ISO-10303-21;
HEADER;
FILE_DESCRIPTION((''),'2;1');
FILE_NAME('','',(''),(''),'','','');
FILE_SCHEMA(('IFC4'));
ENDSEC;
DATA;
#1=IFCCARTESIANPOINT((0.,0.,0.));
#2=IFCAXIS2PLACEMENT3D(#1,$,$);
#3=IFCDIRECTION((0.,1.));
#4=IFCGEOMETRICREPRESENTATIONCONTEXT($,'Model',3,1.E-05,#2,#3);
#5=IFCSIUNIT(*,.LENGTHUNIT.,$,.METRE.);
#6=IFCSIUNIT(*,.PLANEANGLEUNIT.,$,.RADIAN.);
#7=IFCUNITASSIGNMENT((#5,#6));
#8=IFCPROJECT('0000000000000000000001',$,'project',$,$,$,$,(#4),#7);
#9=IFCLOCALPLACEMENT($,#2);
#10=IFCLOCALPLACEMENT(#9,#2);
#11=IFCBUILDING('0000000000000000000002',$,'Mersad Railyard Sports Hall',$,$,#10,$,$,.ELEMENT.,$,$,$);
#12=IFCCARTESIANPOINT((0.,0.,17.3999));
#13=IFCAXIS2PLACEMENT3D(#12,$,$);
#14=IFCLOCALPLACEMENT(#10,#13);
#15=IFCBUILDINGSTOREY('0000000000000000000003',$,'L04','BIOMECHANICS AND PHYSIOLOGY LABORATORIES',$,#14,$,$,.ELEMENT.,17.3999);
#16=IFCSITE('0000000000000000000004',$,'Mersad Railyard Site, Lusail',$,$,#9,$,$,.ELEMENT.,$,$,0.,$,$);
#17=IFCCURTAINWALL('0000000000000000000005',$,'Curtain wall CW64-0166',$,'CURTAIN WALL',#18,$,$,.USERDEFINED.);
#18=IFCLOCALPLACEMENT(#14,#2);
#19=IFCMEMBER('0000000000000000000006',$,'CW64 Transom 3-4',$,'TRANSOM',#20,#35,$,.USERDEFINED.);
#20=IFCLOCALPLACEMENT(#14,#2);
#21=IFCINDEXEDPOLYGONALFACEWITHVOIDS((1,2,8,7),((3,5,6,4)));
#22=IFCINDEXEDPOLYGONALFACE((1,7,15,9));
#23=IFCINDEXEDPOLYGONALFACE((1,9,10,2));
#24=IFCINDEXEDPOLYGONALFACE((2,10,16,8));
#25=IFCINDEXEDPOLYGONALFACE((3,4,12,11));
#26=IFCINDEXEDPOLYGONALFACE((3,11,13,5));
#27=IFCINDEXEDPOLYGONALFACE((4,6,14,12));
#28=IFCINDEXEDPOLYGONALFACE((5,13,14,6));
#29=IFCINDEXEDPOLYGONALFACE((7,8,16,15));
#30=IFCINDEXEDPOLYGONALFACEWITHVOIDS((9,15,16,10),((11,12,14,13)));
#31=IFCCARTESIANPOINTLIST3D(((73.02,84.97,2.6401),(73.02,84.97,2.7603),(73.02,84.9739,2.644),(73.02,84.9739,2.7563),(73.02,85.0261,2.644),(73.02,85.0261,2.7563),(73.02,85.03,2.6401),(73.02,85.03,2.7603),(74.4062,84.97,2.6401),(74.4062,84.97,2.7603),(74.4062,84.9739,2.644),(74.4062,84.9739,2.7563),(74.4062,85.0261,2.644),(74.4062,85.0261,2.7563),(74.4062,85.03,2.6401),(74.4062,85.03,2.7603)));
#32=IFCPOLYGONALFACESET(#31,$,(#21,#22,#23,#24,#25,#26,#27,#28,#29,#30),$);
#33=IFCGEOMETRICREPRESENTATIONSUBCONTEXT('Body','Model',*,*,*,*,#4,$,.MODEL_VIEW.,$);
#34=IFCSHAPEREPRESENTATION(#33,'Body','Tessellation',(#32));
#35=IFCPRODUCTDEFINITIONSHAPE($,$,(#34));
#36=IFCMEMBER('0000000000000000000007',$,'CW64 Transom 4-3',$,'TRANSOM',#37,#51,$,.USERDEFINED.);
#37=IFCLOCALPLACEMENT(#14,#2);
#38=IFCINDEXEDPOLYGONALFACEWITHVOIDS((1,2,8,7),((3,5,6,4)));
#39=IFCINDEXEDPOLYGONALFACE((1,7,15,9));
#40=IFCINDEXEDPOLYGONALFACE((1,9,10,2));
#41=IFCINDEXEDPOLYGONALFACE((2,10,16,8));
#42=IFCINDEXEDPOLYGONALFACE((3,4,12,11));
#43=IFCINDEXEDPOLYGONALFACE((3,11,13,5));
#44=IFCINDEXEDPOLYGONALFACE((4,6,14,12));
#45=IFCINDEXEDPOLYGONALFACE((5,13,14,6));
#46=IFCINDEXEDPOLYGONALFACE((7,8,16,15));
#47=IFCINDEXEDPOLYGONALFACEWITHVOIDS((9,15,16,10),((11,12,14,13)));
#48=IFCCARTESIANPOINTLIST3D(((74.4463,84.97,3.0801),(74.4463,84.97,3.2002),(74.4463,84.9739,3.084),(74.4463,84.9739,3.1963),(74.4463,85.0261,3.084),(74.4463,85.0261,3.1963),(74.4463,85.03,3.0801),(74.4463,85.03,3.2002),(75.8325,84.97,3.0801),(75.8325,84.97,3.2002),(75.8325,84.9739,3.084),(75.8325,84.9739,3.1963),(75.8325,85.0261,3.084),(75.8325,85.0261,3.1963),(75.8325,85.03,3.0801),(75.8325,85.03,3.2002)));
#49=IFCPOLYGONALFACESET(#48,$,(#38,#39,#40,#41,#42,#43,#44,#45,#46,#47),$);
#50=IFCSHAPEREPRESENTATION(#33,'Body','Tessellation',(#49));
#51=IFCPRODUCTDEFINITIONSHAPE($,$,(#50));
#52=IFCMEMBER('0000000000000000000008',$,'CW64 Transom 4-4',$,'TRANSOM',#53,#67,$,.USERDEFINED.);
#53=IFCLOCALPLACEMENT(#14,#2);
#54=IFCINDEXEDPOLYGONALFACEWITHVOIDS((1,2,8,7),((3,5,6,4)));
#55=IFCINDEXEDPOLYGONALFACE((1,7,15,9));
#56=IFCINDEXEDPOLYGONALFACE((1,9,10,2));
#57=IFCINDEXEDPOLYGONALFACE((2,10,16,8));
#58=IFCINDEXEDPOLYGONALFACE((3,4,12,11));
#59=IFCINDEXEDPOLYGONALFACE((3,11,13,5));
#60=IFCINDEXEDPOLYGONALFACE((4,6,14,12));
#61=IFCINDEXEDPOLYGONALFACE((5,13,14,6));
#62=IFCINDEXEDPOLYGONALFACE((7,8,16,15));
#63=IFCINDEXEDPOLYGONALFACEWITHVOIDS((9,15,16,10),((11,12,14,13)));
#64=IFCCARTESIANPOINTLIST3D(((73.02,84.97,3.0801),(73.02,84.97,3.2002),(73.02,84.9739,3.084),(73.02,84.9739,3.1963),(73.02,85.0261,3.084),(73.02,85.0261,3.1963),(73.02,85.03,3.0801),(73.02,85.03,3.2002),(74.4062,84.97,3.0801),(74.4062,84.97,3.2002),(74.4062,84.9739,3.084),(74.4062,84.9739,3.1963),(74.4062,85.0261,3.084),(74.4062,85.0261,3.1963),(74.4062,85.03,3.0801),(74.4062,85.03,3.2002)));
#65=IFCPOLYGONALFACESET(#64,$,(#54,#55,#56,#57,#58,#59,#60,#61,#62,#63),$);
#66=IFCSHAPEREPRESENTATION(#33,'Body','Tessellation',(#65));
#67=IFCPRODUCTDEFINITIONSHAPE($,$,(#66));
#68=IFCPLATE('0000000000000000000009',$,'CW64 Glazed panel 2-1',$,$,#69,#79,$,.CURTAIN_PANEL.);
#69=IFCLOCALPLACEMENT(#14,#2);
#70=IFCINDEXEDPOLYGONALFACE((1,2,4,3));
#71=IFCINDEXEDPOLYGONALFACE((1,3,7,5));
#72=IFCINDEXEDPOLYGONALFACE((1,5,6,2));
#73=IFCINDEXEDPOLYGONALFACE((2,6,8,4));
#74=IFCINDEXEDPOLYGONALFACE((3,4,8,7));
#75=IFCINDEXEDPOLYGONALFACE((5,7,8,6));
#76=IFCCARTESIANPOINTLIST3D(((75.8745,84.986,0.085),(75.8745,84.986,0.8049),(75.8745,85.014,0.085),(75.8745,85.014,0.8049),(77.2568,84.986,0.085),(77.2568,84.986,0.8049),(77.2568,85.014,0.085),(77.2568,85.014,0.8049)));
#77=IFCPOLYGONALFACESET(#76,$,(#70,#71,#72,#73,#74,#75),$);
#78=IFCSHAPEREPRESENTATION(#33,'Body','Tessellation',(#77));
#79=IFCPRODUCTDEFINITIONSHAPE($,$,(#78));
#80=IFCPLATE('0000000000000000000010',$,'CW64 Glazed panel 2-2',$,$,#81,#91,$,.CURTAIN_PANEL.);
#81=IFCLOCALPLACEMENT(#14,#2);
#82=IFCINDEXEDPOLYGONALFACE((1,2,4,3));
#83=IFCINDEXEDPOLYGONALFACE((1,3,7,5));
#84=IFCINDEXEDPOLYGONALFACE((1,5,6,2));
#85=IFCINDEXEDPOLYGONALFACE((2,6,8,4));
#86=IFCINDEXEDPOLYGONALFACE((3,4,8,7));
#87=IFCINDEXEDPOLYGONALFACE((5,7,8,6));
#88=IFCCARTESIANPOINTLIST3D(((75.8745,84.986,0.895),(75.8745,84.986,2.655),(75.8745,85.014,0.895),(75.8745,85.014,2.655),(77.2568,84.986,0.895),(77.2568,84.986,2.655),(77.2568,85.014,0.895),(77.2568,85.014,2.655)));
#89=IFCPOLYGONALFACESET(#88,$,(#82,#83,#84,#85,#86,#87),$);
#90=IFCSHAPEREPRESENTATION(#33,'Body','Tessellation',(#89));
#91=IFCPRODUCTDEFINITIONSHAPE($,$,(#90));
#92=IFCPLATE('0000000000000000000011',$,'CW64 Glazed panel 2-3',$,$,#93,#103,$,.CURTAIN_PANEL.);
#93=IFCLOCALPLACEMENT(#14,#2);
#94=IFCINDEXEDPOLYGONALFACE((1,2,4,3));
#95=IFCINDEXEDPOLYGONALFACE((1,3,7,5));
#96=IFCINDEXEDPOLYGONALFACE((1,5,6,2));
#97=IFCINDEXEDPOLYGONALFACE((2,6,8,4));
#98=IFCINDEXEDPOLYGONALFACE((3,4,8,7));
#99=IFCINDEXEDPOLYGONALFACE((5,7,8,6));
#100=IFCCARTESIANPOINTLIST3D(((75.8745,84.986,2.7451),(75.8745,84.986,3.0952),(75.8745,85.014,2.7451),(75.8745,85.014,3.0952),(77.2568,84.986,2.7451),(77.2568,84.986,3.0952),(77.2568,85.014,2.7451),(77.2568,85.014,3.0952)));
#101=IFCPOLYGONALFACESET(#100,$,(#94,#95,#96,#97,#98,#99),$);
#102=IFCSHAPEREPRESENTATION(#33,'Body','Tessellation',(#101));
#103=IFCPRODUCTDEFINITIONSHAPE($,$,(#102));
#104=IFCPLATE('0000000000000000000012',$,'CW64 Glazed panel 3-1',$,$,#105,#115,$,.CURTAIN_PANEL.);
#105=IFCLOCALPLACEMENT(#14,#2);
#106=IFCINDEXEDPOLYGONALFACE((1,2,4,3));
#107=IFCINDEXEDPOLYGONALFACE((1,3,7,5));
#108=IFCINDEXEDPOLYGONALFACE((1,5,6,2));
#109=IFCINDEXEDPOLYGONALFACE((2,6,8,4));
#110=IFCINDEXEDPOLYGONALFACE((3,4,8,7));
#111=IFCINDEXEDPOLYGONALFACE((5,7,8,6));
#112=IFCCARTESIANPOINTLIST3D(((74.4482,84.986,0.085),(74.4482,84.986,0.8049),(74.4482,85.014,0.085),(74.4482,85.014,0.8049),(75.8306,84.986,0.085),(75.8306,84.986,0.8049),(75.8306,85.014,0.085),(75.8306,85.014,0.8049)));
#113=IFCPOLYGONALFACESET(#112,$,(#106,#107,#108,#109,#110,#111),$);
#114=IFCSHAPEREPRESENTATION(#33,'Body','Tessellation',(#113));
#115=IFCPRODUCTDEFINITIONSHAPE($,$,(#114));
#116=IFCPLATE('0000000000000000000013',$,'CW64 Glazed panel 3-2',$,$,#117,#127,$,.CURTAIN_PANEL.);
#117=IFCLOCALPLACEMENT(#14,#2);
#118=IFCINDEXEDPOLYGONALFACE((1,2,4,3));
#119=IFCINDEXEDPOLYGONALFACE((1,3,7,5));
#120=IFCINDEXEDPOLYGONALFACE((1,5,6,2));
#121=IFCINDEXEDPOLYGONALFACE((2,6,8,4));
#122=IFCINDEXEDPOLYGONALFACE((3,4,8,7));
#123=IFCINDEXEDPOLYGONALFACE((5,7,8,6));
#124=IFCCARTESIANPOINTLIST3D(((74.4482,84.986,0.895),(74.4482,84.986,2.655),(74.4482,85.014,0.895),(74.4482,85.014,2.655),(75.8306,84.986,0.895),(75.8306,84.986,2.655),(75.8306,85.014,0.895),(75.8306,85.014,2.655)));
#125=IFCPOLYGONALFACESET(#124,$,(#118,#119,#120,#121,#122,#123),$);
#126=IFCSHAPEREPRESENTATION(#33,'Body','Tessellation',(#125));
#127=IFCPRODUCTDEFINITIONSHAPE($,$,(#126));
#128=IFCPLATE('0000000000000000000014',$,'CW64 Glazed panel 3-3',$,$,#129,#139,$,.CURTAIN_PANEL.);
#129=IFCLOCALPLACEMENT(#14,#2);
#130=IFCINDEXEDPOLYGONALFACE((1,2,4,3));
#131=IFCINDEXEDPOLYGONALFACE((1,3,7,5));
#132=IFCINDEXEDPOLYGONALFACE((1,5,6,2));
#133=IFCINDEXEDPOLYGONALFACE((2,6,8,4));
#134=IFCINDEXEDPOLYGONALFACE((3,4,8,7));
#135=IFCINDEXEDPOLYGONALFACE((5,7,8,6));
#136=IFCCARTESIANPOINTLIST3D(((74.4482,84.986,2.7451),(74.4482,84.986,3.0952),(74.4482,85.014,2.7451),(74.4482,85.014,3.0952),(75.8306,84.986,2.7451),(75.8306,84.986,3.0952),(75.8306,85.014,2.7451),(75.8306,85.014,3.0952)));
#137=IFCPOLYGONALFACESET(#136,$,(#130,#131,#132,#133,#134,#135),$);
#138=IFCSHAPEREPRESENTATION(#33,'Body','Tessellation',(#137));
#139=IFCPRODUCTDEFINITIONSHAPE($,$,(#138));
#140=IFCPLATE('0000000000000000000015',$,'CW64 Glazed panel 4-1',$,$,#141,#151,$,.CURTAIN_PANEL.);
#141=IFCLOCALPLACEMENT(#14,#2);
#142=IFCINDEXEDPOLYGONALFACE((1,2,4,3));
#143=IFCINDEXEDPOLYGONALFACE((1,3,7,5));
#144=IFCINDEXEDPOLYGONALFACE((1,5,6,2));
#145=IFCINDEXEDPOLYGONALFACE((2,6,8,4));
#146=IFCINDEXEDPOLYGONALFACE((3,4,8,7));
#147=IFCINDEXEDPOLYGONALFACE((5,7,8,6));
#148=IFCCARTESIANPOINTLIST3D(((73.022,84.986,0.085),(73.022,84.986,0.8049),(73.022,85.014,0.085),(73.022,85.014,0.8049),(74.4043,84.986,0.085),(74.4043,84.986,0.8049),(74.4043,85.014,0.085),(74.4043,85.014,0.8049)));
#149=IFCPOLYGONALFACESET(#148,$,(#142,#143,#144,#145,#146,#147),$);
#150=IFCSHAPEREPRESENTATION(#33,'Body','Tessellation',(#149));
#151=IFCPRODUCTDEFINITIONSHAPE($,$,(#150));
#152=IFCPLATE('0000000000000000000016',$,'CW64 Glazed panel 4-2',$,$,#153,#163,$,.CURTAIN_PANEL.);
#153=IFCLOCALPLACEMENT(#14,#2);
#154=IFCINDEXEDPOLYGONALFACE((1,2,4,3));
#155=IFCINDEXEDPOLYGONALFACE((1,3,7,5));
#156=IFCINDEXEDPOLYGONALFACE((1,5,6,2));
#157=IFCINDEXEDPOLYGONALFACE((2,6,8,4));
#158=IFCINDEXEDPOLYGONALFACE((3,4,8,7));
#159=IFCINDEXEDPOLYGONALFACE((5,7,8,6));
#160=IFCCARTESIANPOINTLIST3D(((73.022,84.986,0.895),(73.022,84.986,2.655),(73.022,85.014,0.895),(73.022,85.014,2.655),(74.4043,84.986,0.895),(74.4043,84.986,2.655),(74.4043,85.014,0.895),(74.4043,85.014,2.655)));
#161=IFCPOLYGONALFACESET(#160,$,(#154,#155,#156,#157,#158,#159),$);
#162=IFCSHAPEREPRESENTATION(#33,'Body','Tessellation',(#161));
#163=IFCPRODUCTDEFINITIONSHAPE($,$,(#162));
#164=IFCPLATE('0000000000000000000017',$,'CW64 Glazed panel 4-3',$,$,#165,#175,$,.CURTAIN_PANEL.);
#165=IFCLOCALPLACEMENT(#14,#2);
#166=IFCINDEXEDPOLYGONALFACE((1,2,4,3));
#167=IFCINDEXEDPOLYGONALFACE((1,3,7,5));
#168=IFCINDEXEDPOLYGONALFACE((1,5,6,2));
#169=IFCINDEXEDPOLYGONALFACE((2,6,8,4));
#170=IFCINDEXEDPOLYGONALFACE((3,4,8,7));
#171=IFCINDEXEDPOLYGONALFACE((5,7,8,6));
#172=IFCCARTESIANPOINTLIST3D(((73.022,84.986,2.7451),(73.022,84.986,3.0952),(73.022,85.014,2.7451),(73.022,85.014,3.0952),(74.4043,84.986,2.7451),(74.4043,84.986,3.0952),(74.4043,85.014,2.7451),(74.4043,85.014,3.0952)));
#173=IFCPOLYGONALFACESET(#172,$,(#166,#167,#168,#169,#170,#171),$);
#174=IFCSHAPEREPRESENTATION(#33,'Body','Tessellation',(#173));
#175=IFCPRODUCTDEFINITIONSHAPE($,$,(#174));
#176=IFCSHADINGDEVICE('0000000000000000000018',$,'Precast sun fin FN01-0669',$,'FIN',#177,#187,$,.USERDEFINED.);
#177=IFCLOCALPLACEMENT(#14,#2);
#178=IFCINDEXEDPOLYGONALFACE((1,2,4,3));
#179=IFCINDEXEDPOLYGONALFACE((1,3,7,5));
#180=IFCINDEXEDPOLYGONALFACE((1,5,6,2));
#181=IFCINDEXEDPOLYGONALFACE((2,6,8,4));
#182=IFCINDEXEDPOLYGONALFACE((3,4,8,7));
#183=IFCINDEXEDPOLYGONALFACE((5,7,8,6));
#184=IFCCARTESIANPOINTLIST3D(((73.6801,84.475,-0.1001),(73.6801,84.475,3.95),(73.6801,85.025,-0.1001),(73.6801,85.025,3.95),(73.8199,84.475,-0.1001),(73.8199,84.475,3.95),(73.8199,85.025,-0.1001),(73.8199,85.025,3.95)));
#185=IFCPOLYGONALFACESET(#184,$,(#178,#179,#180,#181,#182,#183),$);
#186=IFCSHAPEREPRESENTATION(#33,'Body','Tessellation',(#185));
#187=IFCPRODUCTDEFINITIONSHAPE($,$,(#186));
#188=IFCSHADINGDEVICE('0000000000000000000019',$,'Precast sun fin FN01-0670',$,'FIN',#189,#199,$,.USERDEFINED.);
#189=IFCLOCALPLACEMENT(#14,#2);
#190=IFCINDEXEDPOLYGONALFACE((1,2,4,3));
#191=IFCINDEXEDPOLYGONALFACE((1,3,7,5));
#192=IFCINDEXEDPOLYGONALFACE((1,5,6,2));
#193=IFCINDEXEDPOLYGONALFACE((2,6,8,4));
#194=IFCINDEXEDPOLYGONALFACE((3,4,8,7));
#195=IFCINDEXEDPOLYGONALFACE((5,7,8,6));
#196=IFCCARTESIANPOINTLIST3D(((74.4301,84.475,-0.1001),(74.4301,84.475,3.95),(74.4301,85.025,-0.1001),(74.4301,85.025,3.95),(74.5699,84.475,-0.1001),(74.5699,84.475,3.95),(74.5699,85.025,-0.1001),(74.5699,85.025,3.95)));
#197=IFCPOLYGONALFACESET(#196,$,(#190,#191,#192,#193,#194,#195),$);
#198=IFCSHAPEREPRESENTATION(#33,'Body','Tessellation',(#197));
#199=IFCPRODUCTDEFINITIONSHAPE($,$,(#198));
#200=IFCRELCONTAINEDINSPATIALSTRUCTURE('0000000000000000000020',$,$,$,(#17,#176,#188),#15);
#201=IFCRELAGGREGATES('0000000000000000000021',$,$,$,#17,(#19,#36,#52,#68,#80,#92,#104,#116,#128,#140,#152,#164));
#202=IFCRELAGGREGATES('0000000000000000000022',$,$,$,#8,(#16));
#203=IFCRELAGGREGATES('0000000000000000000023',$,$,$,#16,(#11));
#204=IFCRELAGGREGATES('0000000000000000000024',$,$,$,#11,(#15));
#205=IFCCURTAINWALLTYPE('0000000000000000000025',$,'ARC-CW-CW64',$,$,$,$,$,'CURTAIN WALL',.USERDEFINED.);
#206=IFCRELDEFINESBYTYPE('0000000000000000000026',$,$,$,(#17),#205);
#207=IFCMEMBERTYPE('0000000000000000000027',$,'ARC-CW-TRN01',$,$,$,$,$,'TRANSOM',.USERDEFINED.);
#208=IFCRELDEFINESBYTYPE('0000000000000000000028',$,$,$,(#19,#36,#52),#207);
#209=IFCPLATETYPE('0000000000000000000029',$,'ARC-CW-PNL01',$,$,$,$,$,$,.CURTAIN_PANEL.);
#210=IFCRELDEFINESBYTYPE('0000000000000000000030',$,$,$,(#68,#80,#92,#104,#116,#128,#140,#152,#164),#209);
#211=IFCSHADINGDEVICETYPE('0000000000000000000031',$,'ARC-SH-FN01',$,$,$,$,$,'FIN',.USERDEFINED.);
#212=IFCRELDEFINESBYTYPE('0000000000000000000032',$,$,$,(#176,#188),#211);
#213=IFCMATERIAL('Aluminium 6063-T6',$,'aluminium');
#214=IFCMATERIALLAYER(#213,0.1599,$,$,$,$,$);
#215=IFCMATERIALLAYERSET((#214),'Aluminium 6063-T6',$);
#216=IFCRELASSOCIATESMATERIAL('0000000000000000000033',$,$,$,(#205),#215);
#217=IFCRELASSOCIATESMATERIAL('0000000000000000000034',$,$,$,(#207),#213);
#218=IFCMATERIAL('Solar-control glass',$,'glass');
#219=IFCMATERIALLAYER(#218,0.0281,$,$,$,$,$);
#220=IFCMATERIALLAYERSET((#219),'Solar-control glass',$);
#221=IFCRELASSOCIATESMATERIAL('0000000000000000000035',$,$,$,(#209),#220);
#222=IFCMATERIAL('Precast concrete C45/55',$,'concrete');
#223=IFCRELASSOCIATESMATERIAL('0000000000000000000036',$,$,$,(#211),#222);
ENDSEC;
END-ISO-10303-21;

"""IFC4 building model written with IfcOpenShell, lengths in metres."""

from ifc_helpers import new_model, si_unit, direction, frame, origin, origin_2d, place, context, subcontext, project, spatial, rectangle, hollow_rectangle, extrude, material, layer, layer_set, material_profile, profile_set, type_object, element, aggregate, save


model = new_model("IFC4")

# Units and contexts
model_context = context("Model", 3, precision=1e-05, world=origin(), true_north=direction((0.0, 1.0)))
body_context = subcontext(model_context, "Body", "Model", "MODEL_VIEW")
ifc_project = project(units=[si_unit("LENGTHUNIT", "METRE"), si_unit("PLANEANGLEUNIT", "RADIAN")], contexts=[model_context])

# Site, building, storey
site_placement = place(None, origin())
site = spatial("IfcSite", under=ifc_project, at=site_placement, Name="Mersad Railyard Site, Lusail", CompositionType="ELEMENT", RefElevation=0.0)
building_placement = place(site_placement, origin())
building = spatial("IfcBuilding", under=site, at=building_placement, Name="Mersad Railyard Sports Hall", CompositionType="ELEMENT")
storey_placement = place(building_placement, frame((0.0, 0.0, 17.3999)))
storey = spatial("IfcBuildingStorey", under=building, at=storey_placement, Name="L04", Description="BIOMECHANICS AND PHYSIOLOGY LABORATORIES", CompositionType="ELEMENT", Elevation=17.3999)

# Curtain wall, members, plates
ifc_material_1 = material(Name="Aluminium 6063-T6", Category="aluminium")
ifc_layer_1 = layer(ifc_material_1, 0.1599)
ifc_layer_set_1 = layer_set([ifc_layer_1], Name="Aluminium 6063-T6")
curtain_wall_type = type_object("IfcCurtainWallType", Name="ARC-CW-CW64", ElementType="CURTAIN WALL", PredefinedType="USERDEFINED", material=ifc_layer_set_1)
curtain_wall_placement = place(storey_placement, origin())
curtain_wall = element("IfcCurtainWall", 1, at=curtain_wall_placement, inside=storey, type_object=curtain_wall_type, Name="Curtain wall CW64-0166", ObjectType="CURTAIN WALL", PredefinedType="USERDEFINED")
ifc_material_profile_1 = material_profile(ifc_material_1, hollow_rectangle(XDim=0.0601, YDim=0.1201, WallThickness=0.0039, at=origin_2d()), Name="AL TRANSOM 60x120x4")
ifc_profile_set_1 = profile_set([ifc_material_profile_1], Name="Aluminium 6063-T6")
member_type_1 = type_object("IfcMemberType", Name="ARC-CW-TRN01", ElementType="TRANSOM", PredefinedType="USERDEFINED", material=ifc_profile_set_1)
member_1_placement = place(storey_placement, frame((74.4062, 85.0, 2.7002), z_axis=(-1.0, 0.0, 0.0), x_axis=(0.0, -1.0, 0.0)))
member_1 = element("IfcMember", 2, at=member_1_placement, type_object=member_type_1, Name="CW64 Transom 3-4", ObjectType="TRANSOM", PredefinedType="USERDEFINED", context=body_context, shape_type="SweptSolid", body=[
    extrude(hollow_rectangle(XDim=0.0601, YDim=0.1201, WallThickness=0.0039, at=origin_2d()), origin(), (0.0, 0.0, 1.0), 1.3862),
])
member_2_placement = place(storey_placement, frame((75.8325, 85.0, 3.1401), z_axis=(-1.0, 0.0, 0.0), x_axis=(0.0, -1.0, 0.0)))
member_2 = element("IfcMember", 3, at=member_2_placement, type_object=member_type_1, Name="CW64 Transom 4-3", ObjectType="TRANSOM", PredefinedType="USERDEFINED", context=body_context, shape_type="SweptSolid", body=[
    extrude(hollow_rectangle(XDim=0.0601, YDim=0.1201, WallThickness=0.0039, at=origin_2d()), origin(), (0.0, 0.0, 1.0), 1.3862),
])
member_3_placement = place(storey_placement, frame((74.4062, 85.0, 3.1401), z_axis=(-1.0, 0.0, 0.0), x_axis=(0.0, -1.0, 0.0)))
member_3 = element("IfcMember", 4, at=member_3_placement, type_object=member_type_1, Name="CW64 Transom 4-4", ObjectType="TRANSOM", PredefinedType="USERDEFINED", context=body_context, shape_type="SweptSolid", body=[
    extrude(hollow_rectangle(XDim=0.0601, YDim=0.1201, WallThickness=0.0039, at=origin_2d()), origin(), (0.0, 0.0, 1.0), 1.3862),
])
ifc_material_2 = material(Name="Solar-control glass", Category="glass")
ifc_layer_2 = layer(ifc_material_2, 0.0281)
ifc_layer_set_2 = layer_set([ifc_layer_2], Name="Solar-control glass")
plate_type = type_object("IfcPlateType", Name="ARC-CW-PNL01", PredefinedType="CURTAIN_PANEL", material=ifc_layer_set_2)
plate_1_placement = place(storey_placement, frame((76.5657, 85.0, 0.085), z_axis=(0.0, 0.0, 1.0), x_axis=(-1.0, 0.0, 0.0)))
plate_1 = element("IfcPlate", 5, at=plate_1_placement, type_object=plate_type, Name="CW64 Glazed panel 2-1", PredefinedType="CURTAIN_PANEL", context=body_context, shape_type="SweptSolid", body=[
    extrude(rectangle(XDim=1.3823, YDim=0.0281, at=origin_2d()), origin(), (0.0, 0.0, 1.0), 0.72),
])
plate_2_placement = place(storey_placement, frame((76.5657, 85.0, 0.895), z_axis=(0.0, 0.0, 1.0), x_axis=(-1.0, 0.0, 0.0)))
plate_2 = element("IfcPlate", 6, at=plate_2_placement, type_object=plate_type, Name="CW64 Glazed panel 2-2", PredefinedType="CURTAIN_PANEL", context=body_context, shape_type="SweptSolid", body=[
    extrude(rectangle(XDim=1.3823, YDim=0.0281, at=origin_2d()), origin(), (0.0, 0.0, 1.0), 1.76),
])
plate_3_placement = place(storey_placement, frame((76.5657, 85.0, 2.7451), z_axis=(0.0, 0.0, 1.0), x_axis=(-1.0, 0.0, 0.0)))
plate_3 = element("IfcPlate", 7, at=plate_3_placement, type_object=plate_type, Name="CW64 Glazed panel 2-3", PredefinedType="CURTAIN_PANEL", context=body_context, shape_type="SweptSolid", body=[
    extrude(rectangle(XDim=1.3823, YDim=0.0281, at=origin_2d()), origin(), (0.0, 0.0, 1.0), 0.3501),
])
plate_4_placement = place(storey_placement, frame((75.1394, 85.0, 0.085), z_axis=(0.0, 0.0, 1.0), x_axis=(-1.0, 0.0, 0.0)))
plate_4 = element("IfcPlate", 8, at=plate_4_placement, type_object=plate_type, Name="CW64 Glazed panel 3-1", PredefinedType="CURTAIN_PANEL", context=body_context, shape_type="SweptSolid", body=[
    extrude(rectangle(XDim=1.3823, YDim=0.0281, at=origin_2d()), origin(), (0.0, 0.0, 1.0), 0.72),
])
plate_5_placement = place(storey_placement, frame((75.1394, 85.0, 0.895), z_axis=(0.0, 0.0, 1.0), x_axis=(-1.0, 0.0, 0.0)))
plate_5 = element("IfcPlate", 9, at=plate_5_placement, type_object=plate_type, Name="CW64 Glazed panel 3-2", PredefinedType="CURTAIN_PANEL", context=body_context, shape_type="SweptSolid", body=[
    extrude(rectangle(XDim=1.3823, YDim=0.0281, at=origin_2d()), origin(), (0.0, 0.0, 1.0), 1.76),
])
plate_6_placement = place(storey_placement, frame((75.1394, 85.0, 2.7451), z_axis=(0.0, 0.0, 1.0), x_axis=(-1.0, 0.0, 0.0)))
plate_6 = element("IfcPlate", 10, at=plate_6_placement, type_object=plate_type, Name="CW64 Glazed panel 3-3", PredefinedType="CURTAIN_PANEL", context=body_context, shape_type="SweptSolid", body=[
    extrude(rectangle(XDim=1.3823, YDim=0.0281, at=origin_2d()), origin(), (0.0, 0.0, 1.0), 0.3501),
])
plate_7_placement = place(storey_placement, frame((73.7131, 85.0, 0.085), z_axis=(0.0, 0.0, 1.0), x_axis=(-1.0, 0.0, 0.0)))
plate_7 = element("IfcPlate", 11, at=plate_7_placement, type_object=plate_type, Name="CW64 Glazed panel 4-1", PredefinedType="CURTAIN_PANEL", context=body_context, shape_type="SweptSolid", body=[
    extrude(rectangle(XDim=1.3823, YDim=0.0281, at=origin_2d()), origin(), (0.0, 0.0, 1.0), 0.72),
])
plate_8_placement = place(storey_placement, frame((73.7131, 85.0, 0.895), z_axis=(0.0, 0.0, 1.0), x_axis=(-1.0, 0.0, 0.0)))
plate_8 = element("IfcPlate", 12, at=plate_8_placement, type_object=plate_type, Name="CW64 Glazed panel 4-2", PredefinedType="CURTAIN_PANEL", context=body_context, shape_type="SweptSolid", body=[
    extrude(rectangle(XDim=1.3823, YDim=0.0281, at=origin_2d()), origin(), (0.0, 0.0, 1.0), 1.76),
])
plate_9_placement = place(storey_placement, frame((73.7131, 85.0, 2.7451), z_axis=(0.0, 0.0, 1.0), x_axis=(-1.0, 0.0, 0.0)))
plate_9 = element("IfcPlate", 13, at=plate_9_placement, type_object=plate_type, Name="CW64 Glazed panel 4-3", PredefinedType="CURTAIN_PANEL", context=body_context, shape_type="SweptSolid", body=[
    extrude(rectangle(XDim=1.3823, YDim=0.0281, at=origin_2d()), origin(), (0.0, 0.0, 1.0), 0.3501),
])
aggregate(curtain_wall, [member_1, member_2, member_3, plate_1, plate_2, plate_3, plate_4, plate_5, plate_6, plate_7, plate_8, plate_9])

# Shading devices
ifc_material_3 = material(Name="Precast concrete C45/55", Category="concrete")
shading_device_type = type_object("IfcShadingDeviceType", Name="ARC-SH-FN01", ElementType="FIN", PredefinedType="USERDEFINED", material=ifc_material_3)
for number, where, z_axis, x_axis, name in (
    (14, (73.75, 84.75, -0.1001), (0.0, 0.0, 1.0), (1.0, 0.0, 0.0), "Precast sun fin FN01-0669"),
    (15, (74.5, 84.75, -0.1001), (0.0, 0.0, 1.0), (1.0, 0.0, 0.0), "Precast sun fin FN01-0670"),
):
    element("IfcShadingDevice", number, at=place(storey_placement, frame(where, z_axis=z_axis, x_axis=x_axis)), inside=storey, type_object=shading_device_type, Name=name, ObjectType="FIN", PredefinedType="USERDEFINED", context=body_context, shape_type="SweptSolid", body=[
        extrude(rectangle(XDim=0.1399, YDim=0.55, at=origin_2d()), origin(), (0.0, 0.0, 1.0), 4.05),
    ])

save(model, "model.ifc")
